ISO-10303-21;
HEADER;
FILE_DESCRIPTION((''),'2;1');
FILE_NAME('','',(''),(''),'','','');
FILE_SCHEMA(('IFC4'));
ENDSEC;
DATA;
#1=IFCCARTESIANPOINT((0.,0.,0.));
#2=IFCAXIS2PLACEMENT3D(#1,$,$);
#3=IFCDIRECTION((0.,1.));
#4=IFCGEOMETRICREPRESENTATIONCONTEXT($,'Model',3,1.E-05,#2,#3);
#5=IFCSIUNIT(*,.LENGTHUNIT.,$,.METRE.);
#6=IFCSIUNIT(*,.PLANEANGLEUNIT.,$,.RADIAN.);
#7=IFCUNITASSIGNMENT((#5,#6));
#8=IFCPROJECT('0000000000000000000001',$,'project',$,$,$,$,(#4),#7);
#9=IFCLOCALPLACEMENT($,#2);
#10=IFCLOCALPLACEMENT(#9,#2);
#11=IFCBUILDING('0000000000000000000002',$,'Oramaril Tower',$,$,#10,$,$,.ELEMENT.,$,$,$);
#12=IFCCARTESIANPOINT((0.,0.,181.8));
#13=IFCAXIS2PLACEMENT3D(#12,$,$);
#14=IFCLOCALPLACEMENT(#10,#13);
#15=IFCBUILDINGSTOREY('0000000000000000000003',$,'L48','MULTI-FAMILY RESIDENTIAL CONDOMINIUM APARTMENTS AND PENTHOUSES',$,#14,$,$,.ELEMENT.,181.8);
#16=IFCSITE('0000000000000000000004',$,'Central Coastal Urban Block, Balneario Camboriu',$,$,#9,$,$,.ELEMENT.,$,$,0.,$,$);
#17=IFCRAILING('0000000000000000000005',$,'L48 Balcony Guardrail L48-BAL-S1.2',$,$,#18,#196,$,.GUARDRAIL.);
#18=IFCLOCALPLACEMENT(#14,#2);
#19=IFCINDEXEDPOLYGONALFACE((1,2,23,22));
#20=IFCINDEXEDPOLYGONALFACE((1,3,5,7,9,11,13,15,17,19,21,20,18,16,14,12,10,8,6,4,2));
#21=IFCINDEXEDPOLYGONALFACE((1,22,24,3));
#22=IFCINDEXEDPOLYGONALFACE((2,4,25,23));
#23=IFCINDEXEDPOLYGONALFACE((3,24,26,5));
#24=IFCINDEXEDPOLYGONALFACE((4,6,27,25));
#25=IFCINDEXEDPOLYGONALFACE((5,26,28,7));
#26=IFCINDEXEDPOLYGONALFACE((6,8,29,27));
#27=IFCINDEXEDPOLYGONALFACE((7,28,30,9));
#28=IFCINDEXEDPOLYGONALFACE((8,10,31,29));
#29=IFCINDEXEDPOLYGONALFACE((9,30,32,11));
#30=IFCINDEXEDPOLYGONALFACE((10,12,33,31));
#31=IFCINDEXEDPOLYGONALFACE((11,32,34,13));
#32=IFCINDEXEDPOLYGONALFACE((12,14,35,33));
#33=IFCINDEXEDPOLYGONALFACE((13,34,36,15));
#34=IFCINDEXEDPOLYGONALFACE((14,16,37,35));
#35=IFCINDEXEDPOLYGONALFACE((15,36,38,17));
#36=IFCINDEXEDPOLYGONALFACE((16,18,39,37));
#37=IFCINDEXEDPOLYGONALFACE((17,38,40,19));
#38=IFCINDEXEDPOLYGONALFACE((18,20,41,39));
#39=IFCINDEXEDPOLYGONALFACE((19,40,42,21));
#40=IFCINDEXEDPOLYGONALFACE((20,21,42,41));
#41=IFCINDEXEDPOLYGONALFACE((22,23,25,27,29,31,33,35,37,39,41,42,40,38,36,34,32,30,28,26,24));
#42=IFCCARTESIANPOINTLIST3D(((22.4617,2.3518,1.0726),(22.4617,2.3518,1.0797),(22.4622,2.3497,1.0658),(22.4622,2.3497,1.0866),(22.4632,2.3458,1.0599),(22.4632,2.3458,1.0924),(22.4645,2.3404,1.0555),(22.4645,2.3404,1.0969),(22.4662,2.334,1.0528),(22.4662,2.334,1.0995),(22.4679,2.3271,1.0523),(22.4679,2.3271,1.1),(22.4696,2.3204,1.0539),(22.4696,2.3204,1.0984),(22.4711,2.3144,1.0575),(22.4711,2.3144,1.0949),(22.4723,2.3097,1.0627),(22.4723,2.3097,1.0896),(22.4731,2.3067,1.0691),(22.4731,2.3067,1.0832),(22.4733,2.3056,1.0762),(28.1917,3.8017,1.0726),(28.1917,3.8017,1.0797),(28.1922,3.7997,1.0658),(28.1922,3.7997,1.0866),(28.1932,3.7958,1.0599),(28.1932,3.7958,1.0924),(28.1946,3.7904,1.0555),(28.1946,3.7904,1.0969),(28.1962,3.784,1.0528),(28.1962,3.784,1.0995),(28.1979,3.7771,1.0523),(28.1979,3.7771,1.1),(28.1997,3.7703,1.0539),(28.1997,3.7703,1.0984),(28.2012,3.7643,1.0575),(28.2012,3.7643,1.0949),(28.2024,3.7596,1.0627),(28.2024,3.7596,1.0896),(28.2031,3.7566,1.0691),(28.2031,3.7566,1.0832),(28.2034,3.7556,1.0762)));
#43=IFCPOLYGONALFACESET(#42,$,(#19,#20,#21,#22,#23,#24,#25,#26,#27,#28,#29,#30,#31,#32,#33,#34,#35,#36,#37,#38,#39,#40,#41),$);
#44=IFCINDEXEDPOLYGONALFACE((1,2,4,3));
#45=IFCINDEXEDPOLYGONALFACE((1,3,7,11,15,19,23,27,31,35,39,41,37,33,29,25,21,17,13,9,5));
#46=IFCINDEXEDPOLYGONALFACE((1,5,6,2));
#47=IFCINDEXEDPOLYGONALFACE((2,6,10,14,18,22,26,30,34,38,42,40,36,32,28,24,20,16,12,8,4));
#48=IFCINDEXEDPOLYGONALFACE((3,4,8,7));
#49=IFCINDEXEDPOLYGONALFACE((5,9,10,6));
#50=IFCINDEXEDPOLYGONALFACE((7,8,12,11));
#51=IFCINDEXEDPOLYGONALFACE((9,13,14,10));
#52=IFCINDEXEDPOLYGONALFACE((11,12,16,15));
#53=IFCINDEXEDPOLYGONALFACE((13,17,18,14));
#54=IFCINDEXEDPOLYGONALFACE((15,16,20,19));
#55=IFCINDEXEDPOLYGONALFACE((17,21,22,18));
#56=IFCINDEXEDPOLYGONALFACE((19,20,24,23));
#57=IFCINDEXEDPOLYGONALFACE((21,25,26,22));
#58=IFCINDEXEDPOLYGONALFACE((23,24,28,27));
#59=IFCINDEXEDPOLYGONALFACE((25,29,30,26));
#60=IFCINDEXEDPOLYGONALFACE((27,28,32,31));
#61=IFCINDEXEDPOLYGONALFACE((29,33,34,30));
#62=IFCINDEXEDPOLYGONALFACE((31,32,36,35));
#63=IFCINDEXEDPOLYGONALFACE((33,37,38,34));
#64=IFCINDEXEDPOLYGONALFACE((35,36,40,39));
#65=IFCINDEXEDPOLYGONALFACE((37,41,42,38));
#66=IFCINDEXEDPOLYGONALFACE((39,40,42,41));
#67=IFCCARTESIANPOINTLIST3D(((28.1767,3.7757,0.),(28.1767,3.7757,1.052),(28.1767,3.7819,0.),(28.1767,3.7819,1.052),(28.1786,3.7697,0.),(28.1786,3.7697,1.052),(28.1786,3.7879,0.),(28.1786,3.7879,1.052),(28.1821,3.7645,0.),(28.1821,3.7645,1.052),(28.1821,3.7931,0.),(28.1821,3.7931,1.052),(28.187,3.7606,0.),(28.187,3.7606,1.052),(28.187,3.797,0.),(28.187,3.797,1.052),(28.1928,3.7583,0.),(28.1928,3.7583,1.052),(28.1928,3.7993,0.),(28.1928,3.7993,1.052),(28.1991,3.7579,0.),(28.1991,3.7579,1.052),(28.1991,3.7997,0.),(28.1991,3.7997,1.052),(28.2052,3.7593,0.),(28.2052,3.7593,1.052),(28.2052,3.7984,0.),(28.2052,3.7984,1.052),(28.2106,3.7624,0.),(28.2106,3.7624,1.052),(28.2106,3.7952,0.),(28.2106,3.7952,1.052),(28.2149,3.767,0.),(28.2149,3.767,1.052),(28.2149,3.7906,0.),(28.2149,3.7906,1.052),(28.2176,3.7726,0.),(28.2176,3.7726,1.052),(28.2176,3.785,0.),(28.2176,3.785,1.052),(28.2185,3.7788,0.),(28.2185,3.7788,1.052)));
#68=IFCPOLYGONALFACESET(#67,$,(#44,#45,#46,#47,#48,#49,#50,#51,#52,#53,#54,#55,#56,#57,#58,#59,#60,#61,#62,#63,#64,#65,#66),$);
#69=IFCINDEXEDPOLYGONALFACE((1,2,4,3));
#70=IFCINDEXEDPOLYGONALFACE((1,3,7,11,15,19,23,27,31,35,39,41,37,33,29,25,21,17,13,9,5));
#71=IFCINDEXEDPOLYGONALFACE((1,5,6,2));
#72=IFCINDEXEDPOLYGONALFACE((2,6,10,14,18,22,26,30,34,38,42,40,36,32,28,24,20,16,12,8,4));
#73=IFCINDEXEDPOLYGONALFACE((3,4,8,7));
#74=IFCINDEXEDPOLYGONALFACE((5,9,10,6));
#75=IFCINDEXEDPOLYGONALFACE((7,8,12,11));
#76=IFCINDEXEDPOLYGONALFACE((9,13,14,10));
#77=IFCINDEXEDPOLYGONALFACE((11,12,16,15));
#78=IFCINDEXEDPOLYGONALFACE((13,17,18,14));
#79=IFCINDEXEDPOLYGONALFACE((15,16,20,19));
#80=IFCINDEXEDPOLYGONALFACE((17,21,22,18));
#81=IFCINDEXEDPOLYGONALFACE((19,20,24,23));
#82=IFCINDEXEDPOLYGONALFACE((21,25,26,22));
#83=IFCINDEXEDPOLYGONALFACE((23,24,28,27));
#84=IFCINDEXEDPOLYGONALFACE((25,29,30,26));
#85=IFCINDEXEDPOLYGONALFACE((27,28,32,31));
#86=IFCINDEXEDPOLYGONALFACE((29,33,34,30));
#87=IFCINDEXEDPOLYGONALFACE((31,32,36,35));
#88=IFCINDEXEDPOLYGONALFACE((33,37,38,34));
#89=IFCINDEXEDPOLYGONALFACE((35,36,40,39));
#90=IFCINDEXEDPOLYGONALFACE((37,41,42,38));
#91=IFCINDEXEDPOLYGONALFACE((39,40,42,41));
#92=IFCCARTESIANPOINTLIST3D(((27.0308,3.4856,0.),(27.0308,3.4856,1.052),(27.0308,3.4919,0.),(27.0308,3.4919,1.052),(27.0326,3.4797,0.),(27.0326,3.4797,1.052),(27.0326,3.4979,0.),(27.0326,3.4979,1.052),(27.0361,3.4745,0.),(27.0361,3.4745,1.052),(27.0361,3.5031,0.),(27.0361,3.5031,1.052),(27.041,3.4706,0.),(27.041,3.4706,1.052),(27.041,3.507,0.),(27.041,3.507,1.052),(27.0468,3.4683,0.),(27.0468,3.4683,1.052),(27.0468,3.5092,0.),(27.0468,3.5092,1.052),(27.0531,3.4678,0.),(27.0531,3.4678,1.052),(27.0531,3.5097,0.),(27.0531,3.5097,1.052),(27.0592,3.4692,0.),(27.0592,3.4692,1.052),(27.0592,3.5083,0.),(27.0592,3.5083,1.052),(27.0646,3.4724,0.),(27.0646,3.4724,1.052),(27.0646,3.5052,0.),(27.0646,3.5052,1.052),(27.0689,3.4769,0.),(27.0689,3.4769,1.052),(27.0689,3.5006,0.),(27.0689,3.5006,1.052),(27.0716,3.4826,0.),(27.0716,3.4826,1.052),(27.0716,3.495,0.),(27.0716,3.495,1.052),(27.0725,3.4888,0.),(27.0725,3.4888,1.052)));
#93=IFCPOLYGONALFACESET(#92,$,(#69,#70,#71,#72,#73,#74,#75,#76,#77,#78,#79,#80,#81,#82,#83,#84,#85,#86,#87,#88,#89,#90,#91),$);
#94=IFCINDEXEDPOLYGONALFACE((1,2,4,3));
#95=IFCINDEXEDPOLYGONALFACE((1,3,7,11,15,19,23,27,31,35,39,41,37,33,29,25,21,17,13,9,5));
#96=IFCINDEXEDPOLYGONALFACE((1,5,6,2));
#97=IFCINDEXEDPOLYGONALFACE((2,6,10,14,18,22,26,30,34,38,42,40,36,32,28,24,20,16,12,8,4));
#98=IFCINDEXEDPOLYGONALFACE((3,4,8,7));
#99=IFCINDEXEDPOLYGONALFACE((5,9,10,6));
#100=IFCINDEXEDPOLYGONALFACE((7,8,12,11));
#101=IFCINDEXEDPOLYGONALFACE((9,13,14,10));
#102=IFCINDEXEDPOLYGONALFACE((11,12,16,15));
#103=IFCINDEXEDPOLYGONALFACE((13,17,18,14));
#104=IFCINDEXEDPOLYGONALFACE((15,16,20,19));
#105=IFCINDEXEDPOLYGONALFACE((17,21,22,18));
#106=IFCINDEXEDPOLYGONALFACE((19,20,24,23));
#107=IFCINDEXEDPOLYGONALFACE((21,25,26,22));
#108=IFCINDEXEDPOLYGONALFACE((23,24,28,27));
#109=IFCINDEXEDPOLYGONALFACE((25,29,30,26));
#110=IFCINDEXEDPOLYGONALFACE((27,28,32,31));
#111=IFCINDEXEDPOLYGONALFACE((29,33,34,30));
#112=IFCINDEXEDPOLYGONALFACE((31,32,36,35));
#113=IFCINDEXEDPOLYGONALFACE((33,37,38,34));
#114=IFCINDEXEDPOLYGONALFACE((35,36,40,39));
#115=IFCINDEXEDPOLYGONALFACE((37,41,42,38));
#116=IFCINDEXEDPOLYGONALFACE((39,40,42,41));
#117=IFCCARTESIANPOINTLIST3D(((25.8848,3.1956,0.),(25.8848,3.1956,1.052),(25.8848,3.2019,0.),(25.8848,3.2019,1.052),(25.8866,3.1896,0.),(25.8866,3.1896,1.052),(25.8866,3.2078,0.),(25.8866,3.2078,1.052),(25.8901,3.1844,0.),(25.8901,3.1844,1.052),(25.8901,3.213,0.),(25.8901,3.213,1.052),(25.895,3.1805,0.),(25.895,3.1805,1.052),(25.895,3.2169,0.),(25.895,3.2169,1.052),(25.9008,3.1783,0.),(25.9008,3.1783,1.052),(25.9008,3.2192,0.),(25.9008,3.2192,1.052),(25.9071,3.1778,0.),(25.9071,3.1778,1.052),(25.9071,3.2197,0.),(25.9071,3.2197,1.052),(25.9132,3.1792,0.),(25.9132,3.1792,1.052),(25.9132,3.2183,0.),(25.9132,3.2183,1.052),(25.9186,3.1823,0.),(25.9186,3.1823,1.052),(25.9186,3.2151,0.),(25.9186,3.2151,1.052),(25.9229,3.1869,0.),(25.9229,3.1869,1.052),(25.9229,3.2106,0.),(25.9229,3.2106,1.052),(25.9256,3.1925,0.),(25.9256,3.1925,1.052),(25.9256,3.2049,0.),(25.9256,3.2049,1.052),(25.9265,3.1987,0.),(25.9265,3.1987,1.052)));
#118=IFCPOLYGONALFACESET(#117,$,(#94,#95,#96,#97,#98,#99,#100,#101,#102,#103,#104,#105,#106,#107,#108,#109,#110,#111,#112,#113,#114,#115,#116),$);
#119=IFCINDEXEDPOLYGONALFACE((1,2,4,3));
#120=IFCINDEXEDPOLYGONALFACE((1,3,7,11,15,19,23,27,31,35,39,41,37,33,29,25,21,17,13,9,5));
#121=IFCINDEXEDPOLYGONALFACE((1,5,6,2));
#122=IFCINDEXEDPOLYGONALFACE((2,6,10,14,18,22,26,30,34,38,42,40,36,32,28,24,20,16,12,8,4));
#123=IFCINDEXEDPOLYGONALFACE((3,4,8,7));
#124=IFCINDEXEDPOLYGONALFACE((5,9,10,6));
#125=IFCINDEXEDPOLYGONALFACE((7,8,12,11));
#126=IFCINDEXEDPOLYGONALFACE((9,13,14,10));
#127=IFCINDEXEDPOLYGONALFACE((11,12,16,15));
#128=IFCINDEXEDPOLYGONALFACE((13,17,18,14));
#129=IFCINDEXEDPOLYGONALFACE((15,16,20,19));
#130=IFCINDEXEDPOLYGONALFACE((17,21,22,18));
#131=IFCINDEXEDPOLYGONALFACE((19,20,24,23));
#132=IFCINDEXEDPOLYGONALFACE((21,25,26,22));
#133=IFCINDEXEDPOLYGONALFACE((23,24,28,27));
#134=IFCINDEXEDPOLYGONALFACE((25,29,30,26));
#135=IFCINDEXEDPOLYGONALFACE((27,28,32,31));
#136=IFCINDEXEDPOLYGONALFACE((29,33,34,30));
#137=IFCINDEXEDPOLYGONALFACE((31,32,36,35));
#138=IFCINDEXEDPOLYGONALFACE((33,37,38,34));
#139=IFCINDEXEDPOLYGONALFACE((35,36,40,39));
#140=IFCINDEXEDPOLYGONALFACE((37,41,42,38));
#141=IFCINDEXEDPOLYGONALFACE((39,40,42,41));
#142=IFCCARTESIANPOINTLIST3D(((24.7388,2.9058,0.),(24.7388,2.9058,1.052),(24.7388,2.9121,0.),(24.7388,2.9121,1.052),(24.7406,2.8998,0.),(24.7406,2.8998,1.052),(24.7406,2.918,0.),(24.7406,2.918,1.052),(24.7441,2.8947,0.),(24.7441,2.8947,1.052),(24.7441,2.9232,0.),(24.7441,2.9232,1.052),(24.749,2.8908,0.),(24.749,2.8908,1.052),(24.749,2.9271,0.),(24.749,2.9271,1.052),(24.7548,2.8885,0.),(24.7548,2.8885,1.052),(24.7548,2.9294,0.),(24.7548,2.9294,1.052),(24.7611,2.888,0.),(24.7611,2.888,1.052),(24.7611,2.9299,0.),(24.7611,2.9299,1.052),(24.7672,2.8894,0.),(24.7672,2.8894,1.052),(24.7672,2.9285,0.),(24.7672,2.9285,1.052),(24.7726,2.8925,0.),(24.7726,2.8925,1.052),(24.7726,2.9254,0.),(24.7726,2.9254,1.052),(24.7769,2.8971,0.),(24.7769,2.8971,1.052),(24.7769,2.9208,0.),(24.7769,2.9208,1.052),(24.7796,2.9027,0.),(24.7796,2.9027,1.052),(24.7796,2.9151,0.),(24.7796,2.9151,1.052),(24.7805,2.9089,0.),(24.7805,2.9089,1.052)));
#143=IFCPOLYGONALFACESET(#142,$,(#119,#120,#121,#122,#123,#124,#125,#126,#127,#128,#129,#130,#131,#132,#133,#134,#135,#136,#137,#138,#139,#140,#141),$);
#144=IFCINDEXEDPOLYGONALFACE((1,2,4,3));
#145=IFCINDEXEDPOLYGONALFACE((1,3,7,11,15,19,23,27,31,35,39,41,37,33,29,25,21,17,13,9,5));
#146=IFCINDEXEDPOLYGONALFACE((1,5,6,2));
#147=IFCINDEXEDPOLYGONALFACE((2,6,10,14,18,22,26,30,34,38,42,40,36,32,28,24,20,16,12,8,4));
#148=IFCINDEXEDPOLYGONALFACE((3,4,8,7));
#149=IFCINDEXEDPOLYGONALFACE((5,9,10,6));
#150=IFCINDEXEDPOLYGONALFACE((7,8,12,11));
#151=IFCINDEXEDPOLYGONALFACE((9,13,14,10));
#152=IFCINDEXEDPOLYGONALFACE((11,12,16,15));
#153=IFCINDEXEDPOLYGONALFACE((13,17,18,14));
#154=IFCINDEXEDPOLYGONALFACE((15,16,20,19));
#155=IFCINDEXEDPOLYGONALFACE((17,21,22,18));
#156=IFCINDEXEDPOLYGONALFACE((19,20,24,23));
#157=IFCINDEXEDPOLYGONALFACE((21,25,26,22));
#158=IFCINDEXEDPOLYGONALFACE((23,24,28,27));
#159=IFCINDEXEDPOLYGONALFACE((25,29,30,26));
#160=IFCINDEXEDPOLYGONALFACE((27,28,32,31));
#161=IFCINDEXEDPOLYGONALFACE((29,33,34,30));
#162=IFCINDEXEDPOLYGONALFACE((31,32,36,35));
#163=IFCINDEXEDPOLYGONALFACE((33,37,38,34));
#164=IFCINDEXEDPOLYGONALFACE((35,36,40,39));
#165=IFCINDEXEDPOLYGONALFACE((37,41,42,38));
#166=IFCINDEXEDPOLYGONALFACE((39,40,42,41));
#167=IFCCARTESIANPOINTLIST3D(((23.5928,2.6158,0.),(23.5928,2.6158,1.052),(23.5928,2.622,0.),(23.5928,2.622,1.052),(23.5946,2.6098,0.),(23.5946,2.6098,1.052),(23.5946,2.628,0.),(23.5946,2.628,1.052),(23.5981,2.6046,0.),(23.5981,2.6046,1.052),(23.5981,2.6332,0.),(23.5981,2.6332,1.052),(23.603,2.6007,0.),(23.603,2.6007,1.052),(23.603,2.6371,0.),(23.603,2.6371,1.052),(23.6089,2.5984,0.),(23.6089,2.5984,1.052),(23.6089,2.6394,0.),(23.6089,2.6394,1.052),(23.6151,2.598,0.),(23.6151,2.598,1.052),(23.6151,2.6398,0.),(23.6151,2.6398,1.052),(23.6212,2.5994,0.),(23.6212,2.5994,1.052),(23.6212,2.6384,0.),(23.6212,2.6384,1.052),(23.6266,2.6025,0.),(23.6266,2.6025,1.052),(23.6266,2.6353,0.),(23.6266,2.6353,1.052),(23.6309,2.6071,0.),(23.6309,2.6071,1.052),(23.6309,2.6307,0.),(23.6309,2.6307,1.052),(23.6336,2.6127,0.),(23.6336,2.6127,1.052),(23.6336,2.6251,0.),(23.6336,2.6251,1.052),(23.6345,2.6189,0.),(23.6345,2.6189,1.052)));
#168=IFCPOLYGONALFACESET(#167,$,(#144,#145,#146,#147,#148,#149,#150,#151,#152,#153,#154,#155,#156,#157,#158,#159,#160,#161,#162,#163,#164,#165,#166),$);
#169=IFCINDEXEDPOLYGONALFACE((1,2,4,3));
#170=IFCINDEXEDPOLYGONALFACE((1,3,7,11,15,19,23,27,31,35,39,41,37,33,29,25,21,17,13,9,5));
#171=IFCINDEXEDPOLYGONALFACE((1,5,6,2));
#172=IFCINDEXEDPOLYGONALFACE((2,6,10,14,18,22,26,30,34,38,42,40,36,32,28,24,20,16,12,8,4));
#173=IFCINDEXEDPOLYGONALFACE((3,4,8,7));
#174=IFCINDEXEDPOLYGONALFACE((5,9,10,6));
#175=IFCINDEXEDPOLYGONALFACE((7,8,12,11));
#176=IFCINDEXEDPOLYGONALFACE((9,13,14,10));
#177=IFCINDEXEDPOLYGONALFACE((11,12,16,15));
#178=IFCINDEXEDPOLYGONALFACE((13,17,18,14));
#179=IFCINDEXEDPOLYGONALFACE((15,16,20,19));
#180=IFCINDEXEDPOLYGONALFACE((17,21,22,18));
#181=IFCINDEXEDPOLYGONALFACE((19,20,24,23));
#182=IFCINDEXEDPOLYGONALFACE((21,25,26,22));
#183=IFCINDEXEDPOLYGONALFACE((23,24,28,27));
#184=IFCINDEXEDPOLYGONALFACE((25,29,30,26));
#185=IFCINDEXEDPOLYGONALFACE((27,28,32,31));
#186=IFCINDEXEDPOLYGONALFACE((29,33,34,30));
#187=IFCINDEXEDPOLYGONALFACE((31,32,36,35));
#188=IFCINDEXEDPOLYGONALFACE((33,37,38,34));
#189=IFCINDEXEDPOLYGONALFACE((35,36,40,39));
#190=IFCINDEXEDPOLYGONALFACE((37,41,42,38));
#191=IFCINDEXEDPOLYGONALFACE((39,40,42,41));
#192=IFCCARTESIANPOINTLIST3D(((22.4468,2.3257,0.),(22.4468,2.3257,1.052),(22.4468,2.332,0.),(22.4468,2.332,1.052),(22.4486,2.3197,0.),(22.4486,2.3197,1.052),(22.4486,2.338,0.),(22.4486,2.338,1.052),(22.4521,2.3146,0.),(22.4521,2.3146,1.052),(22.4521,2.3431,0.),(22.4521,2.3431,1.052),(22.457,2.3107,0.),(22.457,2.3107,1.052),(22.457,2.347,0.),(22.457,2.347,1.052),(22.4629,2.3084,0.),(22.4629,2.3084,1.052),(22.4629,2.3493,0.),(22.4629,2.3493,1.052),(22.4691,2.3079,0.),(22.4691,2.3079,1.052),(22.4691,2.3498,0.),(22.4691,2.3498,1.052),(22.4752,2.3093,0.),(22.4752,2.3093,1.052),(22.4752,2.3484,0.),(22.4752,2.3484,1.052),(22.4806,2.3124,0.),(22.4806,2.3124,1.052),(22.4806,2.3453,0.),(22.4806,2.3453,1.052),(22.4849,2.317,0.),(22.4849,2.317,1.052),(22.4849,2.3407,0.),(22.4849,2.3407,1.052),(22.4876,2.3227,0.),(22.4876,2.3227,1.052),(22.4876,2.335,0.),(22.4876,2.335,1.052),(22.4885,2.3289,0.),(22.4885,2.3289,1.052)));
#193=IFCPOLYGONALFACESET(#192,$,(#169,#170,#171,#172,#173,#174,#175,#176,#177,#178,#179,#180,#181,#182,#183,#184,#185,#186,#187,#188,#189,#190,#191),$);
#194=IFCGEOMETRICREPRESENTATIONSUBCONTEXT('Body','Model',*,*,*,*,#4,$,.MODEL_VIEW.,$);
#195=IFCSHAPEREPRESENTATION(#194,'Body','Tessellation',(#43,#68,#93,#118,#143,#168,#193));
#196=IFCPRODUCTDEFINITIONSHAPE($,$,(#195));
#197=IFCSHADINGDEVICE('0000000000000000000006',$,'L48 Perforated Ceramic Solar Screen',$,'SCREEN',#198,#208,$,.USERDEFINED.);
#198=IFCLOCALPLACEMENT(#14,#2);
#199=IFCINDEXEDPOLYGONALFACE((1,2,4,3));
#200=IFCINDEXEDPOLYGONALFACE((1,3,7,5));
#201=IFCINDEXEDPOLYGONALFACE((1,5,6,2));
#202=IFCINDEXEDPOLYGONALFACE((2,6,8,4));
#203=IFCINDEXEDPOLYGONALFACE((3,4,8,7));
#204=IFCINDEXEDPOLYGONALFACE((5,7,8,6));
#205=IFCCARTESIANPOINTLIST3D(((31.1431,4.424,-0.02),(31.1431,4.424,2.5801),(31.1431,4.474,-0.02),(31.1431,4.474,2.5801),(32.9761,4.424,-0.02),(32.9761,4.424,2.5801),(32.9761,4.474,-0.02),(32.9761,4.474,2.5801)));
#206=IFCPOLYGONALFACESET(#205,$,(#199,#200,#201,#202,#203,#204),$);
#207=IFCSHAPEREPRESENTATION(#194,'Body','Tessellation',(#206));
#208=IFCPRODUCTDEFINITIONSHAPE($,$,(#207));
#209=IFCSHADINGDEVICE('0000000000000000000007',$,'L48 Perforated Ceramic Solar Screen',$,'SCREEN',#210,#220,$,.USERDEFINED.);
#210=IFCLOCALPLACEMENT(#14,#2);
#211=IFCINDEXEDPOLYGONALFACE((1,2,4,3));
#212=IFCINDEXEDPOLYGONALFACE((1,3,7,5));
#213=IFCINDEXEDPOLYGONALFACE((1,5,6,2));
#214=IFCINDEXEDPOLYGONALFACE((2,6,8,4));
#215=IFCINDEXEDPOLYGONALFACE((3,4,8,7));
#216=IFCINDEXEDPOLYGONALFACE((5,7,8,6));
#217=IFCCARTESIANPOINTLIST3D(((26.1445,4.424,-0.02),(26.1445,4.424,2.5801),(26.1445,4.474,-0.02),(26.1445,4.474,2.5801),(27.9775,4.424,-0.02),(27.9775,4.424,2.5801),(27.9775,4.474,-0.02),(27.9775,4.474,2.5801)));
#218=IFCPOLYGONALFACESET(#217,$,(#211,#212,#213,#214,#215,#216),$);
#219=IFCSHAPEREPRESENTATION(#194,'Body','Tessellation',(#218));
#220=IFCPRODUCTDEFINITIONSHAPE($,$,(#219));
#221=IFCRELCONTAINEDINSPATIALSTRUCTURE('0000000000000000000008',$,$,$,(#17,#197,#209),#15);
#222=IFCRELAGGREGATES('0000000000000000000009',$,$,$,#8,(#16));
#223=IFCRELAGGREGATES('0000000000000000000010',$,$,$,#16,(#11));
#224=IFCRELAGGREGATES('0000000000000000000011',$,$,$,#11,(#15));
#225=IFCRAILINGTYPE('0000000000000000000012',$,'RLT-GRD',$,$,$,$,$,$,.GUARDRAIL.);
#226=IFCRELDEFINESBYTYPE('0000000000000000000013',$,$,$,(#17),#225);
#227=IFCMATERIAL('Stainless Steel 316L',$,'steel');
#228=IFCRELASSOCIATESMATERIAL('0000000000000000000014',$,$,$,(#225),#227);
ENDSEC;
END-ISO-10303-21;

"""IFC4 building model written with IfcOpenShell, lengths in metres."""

from ifc_helpers import new_model, si_unit, direction, frame, origin, origin_2d, place, context, subcontext, project, spatial, rectangle, circle, extrude, material, type_object, element, save


model = new_model("IFC4")

# Units and contexts
model_context = context("Model", 3, precision=1e-05, world=origin(), true_north=direction((0.0, 1.0)))
body_context = subcontext(model_context, "Body", "Model", "MODEL_VIEW")
ifc_project = project(units=[si_unit("LENGTHUNIT", "METRE"), si_unit("PLANEANGLEUNIT", "RADIAN")], contexts=[model_context])

# Site, building, storey
site_placement = place(None, origin())
site = spatial("IfcSite", under=ifc_project, at=site_placement, Name="Central Coastal Urban Block, Balneario Camboriu", CompositionType="ELEMENT", RefElevation=0.0)
building_placement = place(site_placement, origin())
building = spatial("IfcBuilding", under=site, at=building_placement, Name="Oramaril Tower", CompositionType="ELEMENT")
storey_placement = place(building_placement, frame((0.0, 0.0, 181.8)))
storey = spatial("IfcBuildingStorey", under=building, at=storey_placement, Name="L48", Description="MULTI-FAMILY RESIDENTIAL CONDOMINIUM APARTMENTS AND PENTHOUSES", CompositionType="ELEMENT", Elevation=181.8)

# Railing
ifc_material_1 = material(Name="Stainless Steel 316L", Category="steel")
railing_type = type_object("IfcRailingType", Name="RLT-GRD", PredefinedType="GUARDRAIL", material=ifc_material_1)
railing_1_placement = place(storey_placement, frame((28.1975, 3.7788, 0.0)))
element("IfcRailing", 1, at=railing_1_placement, inside=storey, type_object=railing_type, Name="L48 Balcony Guardrail L48-BAL-S1.2", PredefinedType="GUARDRAIL", context=body_context, shape_type="SweptSolid", body=[
    extrude(circle(Radius=0.0239, at=origin_2d()), frame((0.0, 0.0, 1.0762), z_axis=(-0.969444, -0.245314, 0.0), x_axis=(0.245314, -0.969444, 0.0)), (0.0, 0.0, 1.0), 5.9106),
    extrude(circle(Radius=0.021, at=origin_2d()), origin(), (0.0, 0.0, 1.0), 1.052),
    extrude(circle(Radius=0.021, at=origin_2d()), frame((-1.146, -0.29, 0.0)), (0.0, 0.0, 1.0), 1.052),
    extrude(circle(Radius=0.021, at=origin_2d()), frame((-2.292, -0.5801, 0.0)), (0.0, 0.0, 1.0), 1.052),
    extrude(circle(Radius=0.021, at=origin_2d()), frame((-3.438, -0.8699, 0.0)), (0.0, 0.0, 1.0), 1.052),
    extrude(circle(Radius=0.021, at=origin_2d()), frame((-4.584, -1.1599, 0.0)), (0.0, 0.0, 1.0), 1.052),
    extrude(circle(Radius=0.021, at=origin_2d()), frame((-5.73, -1.45, 0.0)), (0.0, 0.0, 1.0), 1.052),
])

# Shading devices
for number, where, z_axis, x_axis, name in (
    (2, (32.0596, 4.449, -0.02), (0.0, 0.0, 1.0), (1.0, 0.0, 0.0), "L48 Perforated Ceramic Solar Screen"),
    (3, (27.061, 4.449, -0.02), (0.0, 0.0, 1.0), (1.0, 0.0, 0.0), "L48 Perforated Ceramic Solar Screen"),
):
    element("IfcShadingDevice", number, at=place(storey_placement, frame(where, z_axis=z_axis, x_axis=x_axis)), inside=storey, Name=name, ObjectType="SCREEN", PredefinedType="USERDEFINED", context=body_context, shape_type="SweptSolid", body=[
        extrude(rectangle(XDim=1.833, YDim=0.05, at=origin_2d()), origin(), (0.0, 0.0, 1.0), 2.6001),
    ])

save(model, "model.ifc")
